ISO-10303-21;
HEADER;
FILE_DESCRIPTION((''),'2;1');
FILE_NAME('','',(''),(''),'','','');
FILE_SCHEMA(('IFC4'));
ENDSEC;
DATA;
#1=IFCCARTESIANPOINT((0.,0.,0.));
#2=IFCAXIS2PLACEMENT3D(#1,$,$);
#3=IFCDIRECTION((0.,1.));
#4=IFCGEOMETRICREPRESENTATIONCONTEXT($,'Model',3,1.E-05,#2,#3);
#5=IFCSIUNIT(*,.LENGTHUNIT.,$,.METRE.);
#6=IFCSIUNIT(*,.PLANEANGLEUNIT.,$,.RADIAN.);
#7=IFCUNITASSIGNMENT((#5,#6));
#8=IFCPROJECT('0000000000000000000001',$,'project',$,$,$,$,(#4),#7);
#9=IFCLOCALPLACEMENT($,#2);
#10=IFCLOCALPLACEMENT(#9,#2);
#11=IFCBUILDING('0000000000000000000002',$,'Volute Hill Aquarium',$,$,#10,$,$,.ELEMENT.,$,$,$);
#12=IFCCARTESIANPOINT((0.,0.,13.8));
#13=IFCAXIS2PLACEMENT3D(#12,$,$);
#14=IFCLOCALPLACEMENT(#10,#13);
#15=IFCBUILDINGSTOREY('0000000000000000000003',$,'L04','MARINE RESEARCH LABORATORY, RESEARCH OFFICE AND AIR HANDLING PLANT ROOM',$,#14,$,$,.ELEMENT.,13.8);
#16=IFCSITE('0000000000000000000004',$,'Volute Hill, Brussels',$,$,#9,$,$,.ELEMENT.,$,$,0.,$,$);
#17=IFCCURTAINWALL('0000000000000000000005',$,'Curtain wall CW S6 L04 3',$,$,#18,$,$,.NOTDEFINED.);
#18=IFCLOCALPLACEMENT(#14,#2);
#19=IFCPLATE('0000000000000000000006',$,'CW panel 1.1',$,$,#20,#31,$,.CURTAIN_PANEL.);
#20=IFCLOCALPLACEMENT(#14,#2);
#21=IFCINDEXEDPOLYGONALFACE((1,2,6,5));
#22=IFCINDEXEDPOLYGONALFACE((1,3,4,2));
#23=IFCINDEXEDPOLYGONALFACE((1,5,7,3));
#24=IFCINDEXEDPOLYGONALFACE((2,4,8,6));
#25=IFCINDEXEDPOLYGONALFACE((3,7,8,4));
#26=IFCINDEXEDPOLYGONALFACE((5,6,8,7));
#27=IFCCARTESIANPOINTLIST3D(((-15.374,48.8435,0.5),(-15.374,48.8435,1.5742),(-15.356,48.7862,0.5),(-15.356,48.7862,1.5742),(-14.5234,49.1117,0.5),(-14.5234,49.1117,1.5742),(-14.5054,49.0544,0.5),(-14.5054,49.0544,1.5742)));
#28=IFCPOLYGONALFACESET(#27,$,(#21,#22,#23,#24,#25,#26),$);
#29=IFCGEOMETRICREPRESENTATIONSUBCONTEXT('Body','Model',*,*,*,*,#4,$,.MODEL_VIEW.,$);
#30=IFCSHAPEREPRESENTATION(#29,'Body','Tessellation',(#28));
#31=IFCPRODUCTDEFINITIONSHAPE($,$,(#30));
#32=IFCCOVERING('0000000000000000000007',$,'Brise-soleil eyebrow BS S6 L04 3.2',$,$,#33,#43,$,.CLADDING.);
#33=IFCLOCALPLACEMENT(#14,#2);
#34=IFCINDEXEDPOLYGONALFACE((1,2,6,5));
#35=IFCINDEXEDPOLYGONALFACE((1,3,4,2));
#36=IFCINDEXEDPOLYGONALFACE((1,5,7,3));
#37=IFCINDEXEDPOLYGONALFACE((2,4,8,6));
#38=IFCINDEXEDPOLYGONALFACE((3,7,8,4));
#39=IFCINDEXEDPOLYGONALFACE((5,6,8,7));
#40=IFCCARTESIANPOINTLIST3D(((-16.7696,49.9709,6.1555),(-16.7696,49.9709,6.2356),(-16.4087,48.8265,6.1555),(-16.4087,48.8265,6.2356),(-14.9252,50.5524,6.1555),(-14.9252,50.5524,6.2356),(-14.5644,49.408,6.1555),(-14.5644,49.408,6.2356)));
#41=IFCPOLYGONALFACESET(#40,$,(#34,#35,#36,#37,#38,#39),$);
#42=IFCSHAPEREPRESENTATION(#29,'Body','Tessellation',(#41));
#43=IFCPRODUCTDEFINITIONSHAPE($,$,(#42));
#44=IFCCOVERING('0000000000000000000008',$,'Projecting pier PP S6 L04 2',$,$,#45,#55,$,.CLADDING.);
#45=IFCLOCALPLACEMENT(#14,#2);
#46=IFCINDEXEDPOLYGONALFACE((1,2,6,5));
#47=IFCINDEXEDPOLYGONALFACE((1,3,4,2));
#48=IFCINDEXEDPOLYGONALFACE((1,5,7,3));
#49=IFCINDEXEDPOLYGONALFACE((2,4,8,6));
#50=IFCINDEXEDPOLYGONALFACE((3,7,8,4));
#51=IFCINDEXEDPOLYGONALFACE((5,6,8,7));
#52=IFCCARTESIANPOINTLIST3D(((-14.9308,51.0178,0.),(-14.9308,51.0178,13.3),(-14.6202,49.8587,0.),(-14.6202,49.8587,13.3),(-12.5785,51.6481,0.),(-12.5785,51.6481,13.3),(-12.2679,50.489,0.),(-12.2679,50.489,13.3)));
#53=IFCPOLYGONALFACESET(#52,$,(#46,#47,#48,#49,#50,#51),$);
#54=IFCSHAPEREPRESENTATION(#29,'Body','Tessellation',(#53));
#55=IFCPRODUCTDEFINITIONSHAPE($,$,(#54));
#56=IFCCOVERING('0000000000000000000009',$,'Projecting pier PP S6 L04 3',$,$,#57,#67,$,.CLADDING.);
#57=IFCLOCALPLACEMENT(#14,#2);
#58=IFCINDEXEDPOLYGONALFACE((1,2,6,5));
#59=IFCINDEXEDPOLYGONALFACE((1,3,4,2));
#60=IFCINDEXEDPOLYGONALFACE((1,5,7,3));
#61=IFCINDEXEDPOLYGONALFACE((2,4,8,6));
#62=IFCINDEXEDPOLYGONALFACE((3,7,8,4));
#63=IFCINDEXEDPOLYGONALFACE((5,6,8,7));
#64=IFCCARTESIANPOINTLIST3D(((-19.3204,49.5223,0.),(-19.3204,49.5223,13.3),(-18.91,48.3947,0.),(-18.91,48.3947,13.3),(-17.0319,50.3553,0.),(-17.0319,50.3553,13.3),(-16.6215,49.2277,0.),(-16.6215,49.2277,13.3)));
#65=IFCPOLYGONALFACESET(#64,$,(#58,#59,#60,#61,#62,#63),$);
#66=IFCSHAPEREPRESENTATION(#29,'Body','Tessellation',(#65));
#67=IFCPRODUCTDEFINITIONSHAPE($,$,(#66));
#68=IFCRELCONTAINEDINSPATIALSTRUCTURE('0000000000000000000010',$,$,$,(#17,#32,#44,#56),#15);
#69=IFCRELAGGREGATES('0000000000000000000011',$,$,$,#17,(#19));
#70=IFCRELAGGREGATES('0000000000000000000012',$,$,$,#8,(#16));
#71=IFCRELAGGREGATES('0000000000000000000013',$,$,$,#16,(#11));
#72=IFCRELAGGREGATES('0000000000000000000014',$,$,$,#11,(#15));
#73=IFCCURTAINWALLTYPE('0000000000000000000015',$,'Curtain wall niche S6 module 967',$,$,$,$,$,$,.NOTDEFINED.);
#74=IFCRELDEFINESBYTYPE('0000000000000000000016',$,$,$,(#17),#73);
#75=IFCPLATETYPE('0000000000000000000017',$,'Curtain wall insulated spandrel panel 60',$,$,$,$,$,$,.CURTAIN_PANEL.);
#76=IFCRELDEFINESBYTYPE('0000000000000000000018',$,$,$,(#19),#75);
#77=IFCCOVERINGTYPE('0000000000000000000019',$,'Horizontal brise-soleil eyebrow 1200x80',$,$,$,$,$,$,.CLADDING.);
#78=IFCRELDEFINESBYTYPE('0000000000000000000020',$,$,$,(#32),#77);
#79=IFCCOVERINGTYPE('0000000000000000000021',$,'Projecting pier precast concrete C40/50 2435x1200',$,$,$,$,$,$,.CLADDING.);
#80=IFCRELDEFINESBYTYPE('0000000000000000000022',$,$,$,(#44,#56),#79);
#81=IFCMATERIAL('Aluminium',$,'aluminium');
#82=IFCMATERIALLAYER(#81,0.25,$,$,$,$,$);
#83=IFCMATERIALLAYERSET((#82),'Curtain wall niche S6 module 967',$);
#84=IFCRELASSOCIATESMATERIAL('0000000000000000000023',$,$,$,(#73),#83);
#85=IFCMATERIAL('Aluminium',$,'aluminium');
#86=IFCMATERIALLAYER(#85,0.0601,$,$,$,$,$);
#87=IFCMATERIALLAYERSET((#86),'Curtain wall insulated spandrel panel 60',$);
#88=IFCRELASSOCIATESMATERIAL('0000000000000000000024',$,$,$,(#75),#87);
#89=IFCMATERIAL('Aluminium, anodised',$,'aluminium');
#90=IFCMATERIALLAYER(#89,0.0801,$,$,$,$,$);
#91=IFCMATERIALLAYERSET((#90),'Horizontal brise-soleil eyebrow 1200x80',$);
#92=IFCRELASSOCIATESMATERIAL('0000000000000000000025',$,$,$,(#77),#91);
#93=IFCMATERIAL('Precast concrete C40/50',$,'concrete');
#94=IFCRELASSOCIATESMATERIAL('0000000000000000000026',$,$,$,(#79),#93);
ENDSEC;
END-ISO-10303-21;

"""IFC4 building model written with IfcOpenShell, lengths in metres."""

from ifc_helpers import new_model, si_unit, direction, frame, origin, origin_2d, place, context, subcontext, project, spatial, rectangle, extrude, material, layer, layer_set, type_object, element, aggregate, save


model = new_model("IFC4")

# Units and contexts
model_context = context("Model", 3, precision=1e-05, world=origin(), true_north=direction((0.0, 1.0)))
body_context = subcontext(model_context, "Body", "Model", "MODEL_VIEW")
ifc_project = project(units=[si_unit("LENGTHUNIT", "METRE"), si_unit("PLANEANGLEUNIT", "RADIAN")], contexts=[model_context])

# Site, building, storey
site_placement = place(None, origin())
site = spatial("IfcSite", under=ifc_project, at=site_placement, Name="Volute Hill, Brussels", CompositionType="ELEMENT", RefElevation=0.0)
building_placement = place(site_placement, origin())
building = spatial("IfcBuilding", under=site, at=building_placement, Name="Volute Hill Aquarium", CompositionType="ELEMENT")
storey_placement = place(building_placement, frame((0.0, 0.0, 13.8)))
storey = spatial("IfcBuildingStorey", under=building, at=storey_placement, Name="L04", Description="MARINE RESEARCH LABORATORY, RESEARCH OFFICE AND AIR HANDLING PLANT ROOM", CompositionType="ELEMENT", Elevation=13.8)

# Shared definitions
ifc_material_1 = material(Name="Aluminium", Category="aluminium")
ifc_layer_1 = layer(ifc_material_1, 0.25)
ifc_layer_set_1 = layer_set([ifc_layer_1], Name="Curtain wall niche S6 module 967")
curtain_wall_type = type_object("IfcCurtainWallType", Name="Curtain wall niche S6 module 967", PredefinedType="NOTDEFINED", material=ifc_layer_set_1)

# Curtain wall
curtain_wall_1_placement = place(storey_placement, origin())
curtain_wall_1 = element("IfcCurtainWall", 1, at=curtain_wall_1_placement, inside=storey, type_object=curtain_wall_type, Name="Curtain wall CW S6 L04 3", PredefinedType="NOTDEFINED")

# Plate
ifc_material_2 = material(Name="Aluminium", Category="aluminium")
ifc_layer_2 = layer(ifc_material_2, 0.0601)
ifc_layer_set_2 = layer_set([ifc_layer_2], Name="Curtain wall insulated spandrel panel 60")
plate_type_1 = type_object("IfcPlateType", Name="Curtain wall insulated spandrel panel 60", PredefinedType="CURTAIN_PANEL", material=ifc_layer_set_2)
plate_1_placement = place(storey_placement, frame((-14.9397, 48.949, 0.5), z_axis=(0.0, 0.0, 1.0), x_axis=(-0.953717, -0.300706, 0.0)))
plate_1 = element("IfcPlate", 2, at=plate_1_placement, type_object=plate_type_1, Name="CW panel 1.1", PredefinedType="CURTAIN_PANEL", context=body_context, shape_type="SweptSolid", body=[
    extrude(rectangle(XDim=0.8918, YDim=0.0601, at=origin_2d()), origin(), (0.0, 0.0, 1.0), 1.0742),
])
aggregate(curtain_wall_1, [plate_1])

# Coverings
ifc_material_3 = material(Name="Aluminium, anodised", Category="aluminium")
ifc_layer_3 = layer(ifc_material_3, 0.0801)
ifc_layer_set_3 = layer_set([ifc_layer_3], Name="Horizontal brise-soleil eyebrow 1200x80")
covering_type_1 = type_object("IfcCoveringType", Name="Horizontal brise-soleil eyebrow 1200x80", PredefinedType="CLADDING", material=ifc_layer_set_3)
covering_placement = place(storey_placement, frame((-15.667, 49.6895, 6.1555), z_axis=(0.0, 0.0, 1.0), x_axis=(-0.953718, -0.300702, 0.0)))
element("IfcCovering", 3, at=covering_placement, inside=storey, type_object=covering_type_1, Name="Brise-soleil eyebrow BS S6 L04 3.2", PredefinedType="CLADDING", context=body_context, shape_type="SweptSolid", body=[
    extrude(rectangle(XDim=1.9338, YDim=1.2, at=origin_2d()), origin(), (0.0, 0.0, 1.0), 0.0801),
])
ifc_material_4 = material(Name="Precast concrete C40/50", Category="concrete")
covering_type_2 = type_object("IfcCoveringType", Name="Projecting pier precast concrete C40/50 2435x1200", PredefinedType="CLADDING", material=ifc_material_4)
for number, where, z_axis, x_axis, name in (
    (4, (-13.5994, 50.7534, 0.0), (0.0, 0.0, 1.0), (-0.965926, -0.258819, 0.0), "Projecting pier PP S6 L04 2"),
    (5, (-17.9709, 49.375, 0.0), (0.0, 0.0, 1.0), (-0.939693, -0.34202, 0.0), "Projecting pier PP S6 L04 3"),
):
    element("IfcCovering", number, at=place(storey_placement, frame(where, z_axis=z_axis, x_axis=x_axis)), inside=storey, type_object=covering_type_2, Name=name, PredefinedType="CLADDING", context=body_context, shape_type="SweptSolid", body=[
        extrude(rectangle(XDim=2.4353, YDim=1.2, at=origin_2d()), origin(), (0.0, 0.0, 1.0), 13.3),
    ])

save(model, "model.ifc")
